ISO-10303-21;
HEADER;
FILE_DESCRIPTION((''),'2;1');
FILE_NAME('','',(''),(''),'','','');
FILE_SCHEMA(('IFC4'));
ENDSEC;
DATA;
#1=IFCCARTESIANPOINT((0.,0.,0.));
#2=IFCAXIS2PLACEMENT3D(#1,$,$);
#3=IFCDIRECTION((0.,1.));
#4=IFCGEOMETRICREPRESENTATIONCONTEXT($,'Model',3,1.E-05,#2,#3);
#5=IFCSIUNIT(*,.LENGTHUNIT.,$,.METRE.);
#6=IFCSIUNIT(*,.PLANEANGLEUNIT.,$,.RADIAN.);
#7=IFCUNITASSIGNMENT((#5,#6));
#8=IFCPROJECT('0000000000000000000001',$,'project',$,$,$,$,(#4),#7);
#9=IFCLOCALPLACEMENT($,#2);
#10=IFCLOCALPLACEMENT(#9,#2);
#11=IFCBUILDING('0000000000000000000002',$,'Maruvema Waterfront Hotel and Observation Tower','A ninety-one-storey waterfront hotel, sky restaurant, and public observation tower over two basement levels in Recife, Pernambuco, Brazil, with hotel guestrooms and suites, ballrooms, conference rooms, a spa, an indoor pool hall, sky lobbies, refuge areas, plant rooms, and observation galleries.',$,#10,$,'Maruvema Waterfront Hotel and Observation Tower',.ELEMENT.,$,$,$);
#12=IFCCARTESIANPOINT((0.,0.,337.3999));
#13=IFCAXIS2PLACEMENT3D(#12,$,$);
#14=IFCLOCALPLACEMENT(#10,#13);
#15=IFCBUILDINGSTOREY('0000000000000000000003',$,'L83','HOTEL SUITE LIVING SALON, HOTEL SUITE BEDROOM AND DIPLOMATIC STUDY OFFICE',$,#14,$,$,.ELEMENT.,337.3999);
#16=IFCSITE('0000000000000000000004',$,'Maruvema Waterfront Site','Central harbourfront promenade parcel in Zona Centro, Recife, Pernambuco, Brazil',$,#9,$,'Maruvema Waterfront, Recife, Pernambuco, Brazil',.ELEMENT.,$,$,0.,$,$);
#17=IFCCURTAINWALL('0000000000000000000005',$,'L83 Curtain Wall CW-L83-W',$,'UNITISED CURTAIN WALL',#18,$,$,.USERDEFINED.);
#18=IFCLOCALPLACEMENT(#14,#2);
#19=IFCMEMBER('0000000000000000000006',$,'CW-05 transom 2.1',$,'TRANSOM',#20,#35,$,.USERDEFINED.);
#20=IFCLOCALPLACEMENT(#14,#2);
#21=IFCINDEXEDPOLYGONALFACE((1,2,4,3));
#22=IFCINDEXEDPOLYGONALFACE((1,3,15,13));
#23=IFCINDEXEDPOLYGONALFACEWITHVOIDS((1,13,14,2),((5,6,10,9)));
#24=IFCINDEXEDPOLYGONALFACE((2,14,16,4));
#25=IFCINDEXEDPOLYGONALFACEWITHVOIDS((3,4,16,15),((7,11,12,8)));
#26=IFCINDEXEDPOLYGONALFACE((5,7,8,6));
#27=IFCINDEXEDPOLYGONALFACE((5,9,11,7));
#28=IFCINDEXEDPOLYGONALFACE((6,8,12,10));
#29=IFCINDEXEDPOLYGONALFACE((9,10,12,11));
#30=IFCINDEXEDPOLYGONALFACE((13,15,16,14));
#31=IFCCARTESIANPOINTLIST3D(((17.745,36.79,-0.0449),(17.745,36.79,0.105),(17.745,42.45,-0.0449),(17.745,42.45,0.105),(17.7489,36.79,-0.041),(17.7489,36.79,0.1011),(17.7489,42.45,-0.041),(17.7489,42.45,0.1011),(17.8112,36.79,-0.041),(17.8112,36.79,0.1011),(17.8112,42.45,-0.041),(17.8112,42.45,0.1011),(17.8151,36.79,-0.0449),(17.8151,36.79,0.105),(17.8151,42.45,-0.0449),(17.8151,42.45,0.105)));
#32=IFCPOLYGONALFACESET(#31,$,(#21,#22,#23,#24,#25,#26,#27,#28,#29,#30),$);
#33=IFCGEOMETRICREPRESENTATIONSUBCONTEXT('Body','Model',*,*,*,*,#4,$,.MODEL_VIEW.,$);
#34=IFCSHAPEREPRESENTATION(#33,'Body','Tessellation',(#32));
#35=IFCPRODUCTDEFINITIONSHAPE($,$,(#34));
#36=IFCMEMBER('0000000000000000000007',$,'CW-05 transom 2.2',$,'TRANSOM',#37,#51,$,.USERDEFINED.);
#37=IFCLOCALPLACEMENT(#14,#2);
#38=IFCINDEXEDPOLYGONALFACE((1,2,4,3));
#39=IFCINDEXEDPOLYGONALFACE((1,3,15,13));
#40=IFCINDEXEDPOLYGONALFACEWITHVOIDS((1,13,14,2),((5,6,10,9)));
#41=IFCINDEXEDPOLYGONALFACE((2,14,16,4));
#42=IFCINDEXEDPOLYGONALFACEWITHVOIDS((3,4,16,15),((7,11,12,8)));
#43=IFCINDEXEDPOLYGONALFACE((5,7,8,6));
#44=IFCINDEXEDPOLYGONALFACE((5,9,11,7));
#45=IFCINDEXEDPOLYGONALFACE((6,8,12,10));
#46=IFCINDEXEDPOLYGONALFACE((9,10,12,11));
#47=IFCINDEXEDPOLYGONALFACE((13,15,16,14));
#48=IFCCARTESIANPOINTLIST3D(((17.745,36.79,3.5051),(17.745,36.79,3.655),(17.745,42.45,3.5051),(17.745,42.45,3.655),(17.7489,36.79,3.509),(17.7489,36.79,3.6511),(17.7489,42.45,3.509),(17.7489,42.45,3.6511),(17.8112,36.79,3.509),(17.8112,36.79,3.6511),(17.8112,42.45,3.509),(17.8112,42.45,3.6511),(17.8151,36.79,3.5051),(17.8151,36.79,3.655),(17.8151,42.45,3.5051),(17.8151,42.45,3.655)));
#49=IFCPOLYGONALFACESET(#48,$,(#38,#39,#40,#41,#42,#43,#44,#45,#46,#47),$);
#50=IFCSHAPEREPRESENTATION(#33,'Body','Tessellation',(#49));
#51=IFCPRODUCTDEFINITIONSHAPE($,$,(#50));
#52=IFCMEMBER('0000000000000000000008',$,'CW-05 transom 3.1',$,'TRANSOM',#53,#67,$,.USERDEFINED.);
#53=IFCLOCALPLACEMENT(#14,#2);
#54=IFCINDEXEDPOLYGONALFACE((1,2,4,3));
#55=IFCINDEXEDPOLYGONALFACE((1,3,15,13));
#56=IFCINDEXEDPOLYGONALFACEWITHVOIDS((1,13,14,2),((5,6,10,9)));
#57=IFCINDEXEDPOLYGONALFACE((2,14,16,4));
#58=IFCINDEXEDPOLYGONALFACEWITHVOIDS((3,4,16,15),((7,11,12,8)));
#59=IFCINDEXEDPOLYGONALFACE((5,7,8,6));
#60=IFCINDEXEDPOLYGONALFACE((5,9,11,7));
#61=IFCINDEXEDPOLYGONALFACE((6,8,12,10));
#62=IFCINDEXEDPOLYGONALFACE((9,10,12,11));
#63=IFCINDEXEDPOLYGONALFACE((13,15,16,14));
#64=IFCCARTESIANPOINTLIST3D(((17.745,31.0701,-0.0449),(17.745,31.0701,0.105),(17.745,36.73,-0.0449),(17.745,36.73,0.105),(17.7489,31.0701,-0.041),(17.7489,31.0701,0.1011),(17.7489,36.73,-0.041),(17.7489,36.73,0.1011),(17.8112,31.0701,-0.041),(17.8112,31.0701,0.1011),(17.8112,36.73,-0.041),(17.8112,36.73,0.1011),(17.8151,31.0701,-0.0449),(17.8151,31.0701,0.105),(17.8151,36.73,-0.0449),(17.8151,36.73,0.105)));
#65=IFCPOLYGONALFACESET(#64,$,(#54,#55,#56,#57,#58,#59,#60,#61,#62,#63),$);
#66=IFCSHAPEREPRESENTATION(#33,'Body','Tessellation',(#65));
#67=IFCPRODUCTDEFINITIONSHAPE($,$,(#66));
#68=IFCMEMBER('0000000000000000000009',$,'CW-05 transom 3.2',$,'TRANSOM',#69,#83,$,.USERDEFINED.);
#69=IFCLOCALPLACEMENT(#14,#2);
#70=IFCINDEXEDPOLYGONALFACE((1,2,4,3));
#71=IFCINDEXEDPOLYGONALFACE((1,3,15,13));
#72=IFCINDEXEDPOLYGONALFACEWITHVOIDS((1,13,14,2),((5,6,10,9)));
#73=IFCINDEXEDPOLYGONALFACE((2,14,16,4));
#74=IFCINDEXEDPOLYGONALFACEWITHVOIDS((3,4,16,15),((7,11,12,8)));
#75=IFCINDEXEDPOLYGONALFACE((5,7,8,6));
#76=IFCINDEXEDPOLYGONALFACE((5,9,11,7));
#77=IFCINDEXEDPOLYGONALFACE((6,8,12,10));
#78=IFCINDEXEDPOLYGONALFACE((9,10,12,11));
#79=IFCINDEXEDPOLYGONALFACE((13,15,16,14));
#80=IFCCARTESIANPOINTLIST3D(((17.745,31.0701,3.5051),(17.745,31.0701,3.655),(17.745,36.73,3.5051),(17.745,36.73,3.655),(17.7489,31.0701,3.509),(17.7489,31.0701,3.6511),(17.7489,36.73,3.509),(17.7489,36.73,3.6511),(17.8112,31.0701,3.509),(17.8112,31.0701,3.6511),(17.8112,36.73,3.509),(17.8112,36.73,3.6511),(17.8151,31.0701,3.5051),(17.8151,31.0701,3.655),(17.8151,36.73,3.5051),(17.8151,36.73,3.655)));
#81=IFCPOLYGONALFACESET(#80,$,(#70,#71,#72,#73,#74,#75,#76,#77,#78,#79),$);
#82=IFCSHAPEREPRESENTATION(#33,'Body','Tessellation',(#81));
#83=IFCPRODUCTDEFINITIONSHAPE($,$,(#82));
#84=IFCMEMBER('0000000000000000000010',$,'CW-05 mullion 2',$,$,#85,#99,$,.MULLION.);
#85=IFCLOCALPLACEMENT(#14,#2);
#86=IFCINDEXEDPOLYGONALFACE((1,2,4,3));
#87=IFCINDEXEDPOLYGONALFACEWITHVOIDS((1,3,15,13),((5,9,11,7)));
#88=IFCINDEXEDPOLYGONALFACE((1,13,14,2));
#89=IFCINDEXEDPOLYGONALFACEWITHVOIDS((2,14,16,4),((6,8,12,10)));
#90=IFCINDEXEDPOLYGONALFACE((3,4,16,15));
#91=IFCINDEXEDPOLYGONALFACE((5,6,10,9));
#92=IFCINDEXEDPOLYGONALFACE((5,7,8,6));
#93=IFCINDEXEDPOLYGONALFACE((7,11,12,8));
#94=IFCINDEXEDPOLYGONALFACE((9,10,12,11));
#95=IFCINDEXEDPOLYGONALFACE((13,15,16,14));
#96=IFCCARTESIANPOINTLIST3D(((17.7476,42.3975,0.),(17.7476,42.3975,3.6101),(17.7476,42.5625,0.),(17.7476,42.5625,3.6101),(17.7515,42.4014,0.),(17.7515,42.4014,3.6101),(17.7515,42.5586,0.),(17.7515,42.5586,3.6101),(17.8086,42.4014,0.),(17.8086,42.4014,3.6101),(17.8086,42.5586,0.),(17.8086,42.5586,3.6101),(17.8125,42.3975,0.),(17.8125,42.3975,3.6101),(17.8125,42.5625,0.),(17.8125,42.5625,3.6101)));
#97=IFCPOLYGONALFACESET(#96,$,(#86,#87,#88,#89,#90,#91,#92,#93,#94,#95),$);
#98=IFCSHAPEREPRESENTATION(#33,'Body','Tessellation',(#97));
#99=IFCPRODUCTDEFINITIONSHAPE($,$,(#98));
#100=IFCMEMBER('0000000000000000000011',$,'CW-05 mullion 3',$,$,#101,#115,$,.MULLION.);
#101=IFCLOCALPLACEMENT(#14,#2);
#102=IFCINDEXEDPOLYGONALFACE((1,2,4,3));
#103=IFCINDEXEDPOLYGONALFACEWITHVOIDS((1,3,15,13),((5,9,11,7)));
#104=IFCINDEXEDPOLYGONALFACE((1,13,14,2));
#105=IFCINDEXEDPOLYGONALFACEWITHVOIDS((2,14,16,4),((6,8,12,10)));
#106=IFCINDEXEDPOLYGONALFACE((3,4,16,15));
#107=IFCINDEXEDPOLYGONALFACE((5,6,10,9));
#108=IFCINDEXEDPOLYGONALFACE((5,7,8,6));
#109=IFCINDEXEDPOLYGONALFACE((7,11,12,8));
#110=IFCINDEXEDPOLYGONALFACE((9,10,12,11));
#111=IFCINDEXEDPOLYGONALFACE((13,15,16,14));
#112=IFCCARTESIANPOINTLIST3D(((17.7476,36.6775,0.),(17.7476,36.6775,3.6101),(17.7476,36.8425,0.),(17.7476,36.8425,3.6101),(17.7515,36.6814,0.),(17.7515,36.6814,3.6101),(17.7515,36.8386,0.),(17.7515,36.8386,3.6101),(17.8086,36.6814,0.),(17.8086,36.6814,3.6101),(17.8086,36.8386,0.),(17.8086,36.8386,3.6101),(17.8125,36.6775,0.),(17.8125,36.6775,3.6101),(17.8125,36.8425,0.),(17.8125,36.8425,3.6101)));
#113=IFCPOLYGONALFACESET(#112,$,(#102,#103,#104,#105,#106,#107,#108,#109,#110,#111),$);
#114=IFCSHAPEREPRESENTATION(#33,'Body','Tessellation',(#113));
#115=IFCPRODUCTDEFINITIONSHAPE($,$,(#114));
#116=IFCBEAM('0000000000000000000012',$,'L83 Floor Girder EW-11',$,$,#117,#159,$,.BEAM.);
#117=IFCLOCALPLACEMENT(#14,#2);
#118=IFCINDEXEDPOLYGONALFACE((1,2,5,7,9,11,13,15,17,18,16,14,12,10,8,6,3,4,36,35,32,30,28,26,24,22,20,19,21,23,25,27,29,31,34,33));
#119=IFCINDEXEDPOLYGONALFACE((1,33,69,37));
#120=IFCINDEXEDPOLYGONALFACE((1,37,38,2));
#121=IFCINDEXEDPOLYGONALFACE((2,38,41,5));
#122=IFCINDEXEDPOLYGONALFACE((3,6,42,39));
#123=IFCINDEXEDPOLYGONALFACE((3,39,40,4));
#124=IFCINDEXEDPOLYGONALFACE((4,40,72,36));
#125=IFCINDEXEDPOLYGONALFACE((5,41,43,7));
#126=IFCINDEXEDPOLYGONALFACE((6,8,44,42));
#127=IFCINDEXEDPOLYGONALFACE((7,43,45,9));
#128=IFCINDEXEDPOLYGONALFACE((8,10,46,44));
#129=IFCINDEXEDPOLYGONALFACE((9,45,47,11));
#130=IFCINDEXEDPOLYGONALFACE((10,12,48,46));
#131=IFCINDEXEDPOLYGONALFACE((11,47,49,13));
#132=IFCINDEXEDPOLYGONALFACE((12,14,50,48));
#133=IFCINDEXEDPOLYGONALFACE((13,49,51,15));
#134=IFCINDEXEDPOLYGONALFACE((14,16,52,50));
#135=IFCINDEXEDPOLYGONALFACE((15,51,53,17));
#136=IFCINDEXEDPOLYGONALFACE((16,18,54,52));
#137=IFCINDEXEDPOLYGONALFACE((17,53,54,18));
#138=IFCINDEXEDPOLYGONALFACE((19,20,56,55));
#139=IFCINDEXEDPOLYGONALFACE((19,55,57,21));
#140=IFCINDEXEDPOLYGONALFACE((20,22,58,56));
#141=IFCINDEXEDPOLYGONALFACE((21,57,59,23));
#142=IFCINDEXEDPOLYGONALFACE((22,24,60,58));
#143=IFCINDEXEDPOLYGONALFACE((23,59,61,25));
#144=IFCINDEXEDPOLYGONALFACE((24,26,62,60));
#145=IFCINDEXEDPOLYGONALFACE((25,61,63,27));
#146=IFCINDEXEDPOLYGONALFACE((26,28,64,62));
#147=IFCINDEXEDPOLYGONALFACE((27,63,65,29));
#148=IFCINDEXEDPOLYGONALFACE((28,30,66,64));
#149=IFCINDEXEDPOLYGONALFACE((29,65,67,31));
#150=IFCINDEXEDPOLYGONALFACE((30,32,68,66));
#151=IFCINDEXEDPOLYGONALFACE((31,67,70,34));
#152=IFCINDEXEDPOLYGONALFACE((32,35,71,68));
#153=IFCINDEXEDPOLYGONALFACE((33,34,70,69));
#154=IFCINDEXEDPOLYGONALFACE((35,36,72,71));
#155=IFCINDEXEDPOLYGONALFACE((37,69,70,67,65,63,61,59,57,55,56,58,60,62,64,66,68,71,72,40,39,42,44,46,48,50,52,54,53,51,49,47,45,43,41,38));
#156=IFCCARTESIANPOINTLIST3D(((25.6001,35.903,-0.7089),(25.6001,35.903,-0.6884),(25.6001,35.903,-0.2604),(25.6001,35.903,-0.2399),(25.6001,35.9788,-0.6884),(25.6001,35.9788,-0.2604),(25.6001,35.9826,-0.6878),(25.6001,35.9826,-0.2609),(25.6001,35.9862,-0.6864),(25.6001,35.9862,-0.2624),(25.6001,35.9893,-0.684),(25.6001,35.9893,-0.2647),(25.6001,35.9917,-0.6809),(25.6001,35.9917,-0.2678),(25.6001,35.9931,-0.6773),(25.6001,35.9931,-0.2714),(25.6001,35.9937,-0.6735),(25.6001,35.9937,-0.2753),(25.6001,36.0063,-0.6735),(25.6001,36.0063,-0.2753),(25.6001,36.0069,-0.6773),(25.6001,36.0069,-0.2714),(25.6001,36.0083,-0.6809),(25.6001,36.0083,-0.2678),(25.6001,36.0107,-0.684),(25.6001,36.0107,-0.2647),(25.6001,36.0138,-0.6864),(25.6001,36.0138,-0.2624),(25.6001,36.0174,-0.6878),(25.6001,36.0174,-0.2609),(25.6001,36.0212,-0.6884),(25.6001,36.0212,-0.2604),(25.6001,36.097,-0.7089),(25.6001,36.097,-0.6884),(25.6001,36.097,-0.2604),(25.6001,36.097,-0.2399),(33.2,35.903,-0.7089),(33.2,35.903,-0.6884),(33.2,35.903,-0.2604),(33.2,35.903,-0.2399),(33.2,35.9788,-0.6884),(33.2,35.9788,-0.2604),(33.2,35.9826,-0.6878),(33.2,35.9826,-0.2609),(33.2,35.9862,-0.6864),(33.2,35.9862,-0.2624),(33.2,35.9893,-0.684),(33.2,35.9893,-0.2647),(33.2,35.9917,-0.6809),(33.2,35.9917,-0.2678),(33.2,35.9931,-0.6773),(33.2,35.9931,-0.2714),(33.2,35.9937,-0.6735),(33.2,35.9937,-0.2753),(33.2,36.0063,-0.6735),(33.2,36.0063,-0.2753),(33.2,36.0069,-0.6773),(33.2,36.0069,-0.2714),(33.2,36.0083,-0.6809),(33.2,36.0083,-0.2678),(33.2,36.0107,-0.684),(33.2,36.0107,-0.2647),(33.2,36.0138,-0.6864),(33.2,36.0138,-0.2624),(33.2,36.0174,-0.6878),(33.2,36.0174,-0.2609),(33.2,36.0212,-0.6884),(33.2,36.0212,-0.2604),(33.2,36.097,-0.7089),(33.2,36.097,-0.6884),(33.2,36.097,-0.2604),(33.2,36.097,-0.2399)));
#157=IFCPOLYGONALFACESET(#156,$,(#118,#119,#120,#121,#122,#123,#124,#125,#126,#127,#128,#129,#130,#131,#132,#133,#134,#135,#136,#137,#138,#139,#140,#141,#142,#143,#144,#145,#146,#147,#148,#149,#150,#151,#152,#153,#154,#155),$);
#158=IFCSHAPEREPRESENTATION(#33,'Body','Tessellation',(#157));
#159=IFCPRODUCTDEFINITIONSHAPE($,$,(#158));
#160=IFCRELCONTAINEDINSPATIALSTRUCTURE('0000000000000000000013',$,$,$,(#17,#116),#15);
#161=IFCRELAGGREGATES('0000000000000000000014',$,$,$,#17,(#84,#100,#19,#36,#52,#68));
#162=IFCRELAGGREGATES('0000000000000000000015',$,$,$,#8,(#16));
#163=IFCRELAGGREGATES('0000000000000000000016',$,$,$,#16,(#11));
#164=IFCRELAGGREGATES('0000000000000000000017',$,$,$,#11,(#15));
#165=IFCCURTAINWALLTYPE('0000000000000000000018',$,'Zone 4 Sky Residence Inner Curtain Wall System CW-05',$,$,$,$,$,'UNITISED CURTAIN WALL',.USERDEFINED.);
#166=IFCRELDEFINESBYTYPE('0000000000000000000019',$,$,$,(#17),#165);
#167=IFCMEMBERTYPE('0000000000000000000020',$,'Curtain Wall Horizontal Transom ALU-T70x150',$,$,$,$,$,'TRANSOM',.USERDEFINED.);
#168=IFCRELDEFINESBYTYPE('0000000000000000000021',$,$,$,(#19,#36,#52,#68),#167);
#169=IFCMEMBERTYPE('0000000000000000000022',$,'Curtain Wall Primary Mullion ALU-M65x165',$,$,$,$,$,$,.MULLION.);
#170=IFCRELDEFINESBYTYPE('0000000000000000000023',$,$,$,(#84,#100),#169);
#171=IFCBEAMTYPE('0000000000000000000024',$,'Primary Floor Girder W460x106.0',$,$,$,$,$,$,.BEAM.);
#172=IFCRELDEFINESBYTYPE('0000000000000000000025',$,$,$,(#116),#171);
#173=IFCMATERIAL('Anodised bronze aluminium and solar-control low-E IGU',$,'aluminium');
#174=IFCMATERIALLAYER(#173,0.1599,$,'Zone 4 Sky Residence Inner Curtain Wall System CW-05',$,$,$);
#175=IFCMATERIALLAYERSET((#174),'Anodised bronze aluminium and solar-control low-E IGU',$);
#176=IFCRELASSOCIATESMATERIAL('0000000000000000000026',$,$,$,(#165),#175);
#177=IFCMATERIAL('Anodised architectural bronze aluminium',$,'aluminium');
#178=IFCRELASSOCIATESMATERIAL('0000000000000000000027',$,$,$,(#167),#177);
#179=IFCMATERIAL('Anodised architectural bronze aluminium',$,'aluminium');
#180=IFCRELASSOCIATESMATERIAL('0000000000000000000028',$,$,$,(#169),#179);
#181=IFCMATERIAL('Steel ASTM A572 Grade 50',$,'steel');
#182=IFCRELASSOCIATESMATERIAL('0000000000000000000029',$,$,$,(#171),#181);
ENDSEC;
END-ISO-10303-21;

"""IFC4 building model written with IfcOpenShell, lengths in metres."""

from ifc_helpers import new_model, si_unit, direction, frame, origin, origin_2d, place, context, subcontext, project, spatial, hollow_rectangle, i_section, extrude, material, layer, layer_set, material_profile, profile_set, type_object, element, aggregate, save


model = new_model("IFC4")

# Units and contexts
model_context = context("Model", 3, precision=1e-05, world=origin(), true_north=direction((0.0, 1.0)))
body_context = subcontext(model_context, "Body", "Model", "MODEL_VIEW")
ifc_project = project(units=[si_unit("LENGTHUNIT", "METRE"), si_unit("PLANEANGLEUNIT", "RADIAN")], contexts=[model_context])

# Site, building, storey
site_placement = place(None, origin())
site = spatial("IfcSite", under=ifc_project, at=site_placement, Name="Maruvema Waterfront Site", Description="Central harbourfront promenade parcel in Zona Centro, Recife, Pernambuco, Brazil", LongName="Maruvema Waterfront, Recife, Pernambuco, Brazil", CompositionType="ELEMENT", RefElevation=0.0)
building_placement = place(site_placement, origin())
building = spatial("IfcBuilding", under=site, at=building_placement, Name="Maruvema Waterfront Hotel and Observation Tower", Description="A ninety-one-storey waterfront hotel, sky restaurant, and public observation tower over two basement levels in Recife, Pernambuco, Brazil, with hotel guestrooms and suites, ballrooms, conference rooms, a spa, an indoor pool hall, sky lobbies, refuge areas, plant rooms, and observation galleries.", LongName="Maruvema Waterfront Hotel and Observation Tower", CompositionType="ELEMENT")
storey_placement = place(building_placement, frame((0.0, 0.0, 337.3999)))
storey = spatial("IfcBuildingStorey", under=building, at=storey_placement, Name="L83", Description="HOTEL SUITE LIVING SALON, HOTEL SUITE BEDROOM AND DIPLOMATIC STUDY OFFICE", CompositionType="ELEMENT", Elevation=337.3999)

# Curtain wall, members
ifc_material_1 = material(Name="Anodised bronze aluminium and solar-control low-E IGU", Category="aluminium")
ifc_layer_1 = layer(ifc_material_1, 0.1599, Name="Zone 4 Sky Residence Inner Curtain Wall System CW-05")
ifc_layer_set_1 = layer_set([ifc_layer_1], Name="Anodised bronze aluminium and solar-control low-E IGU")
curtain_wall_type = type_object("IfcCurtainWallType", Name="Zone 4 Sky Residence Inner Curtain Wall System CW-05", ElementType="UNITISED CURTAIN WALL", PredefinedType="USERDEFINED", material=ifc_layer_set_1)
curtain_wall_placement = place(storey_placement, origin())
curtain_wall = element("IfcCurtainWall", 1, at=curtain_wall_placement, inside=storey, type_object=curtain_wall_type, Name="L83 Curtain Wall CW-L83-W", ObjectType="UNITISED CURTAIN WALL", PredefinedType="USERDEFINED")
ifc_material_2 = material(Name="Anodised architectural bronze aluminium", Category="aluminium")
ifc_material_profile_1 = material_profile(ifc_material_2, hollow_rectangle(XDim=0.0701, YDim=0.1499, WallThickness=0.0039, at=origin_2d()), Name="ALU-T70x150")
ifc_profile_set_1 = profile_set([ifc_material_profile_1], Name="Anodised architectural bronze aluminium")
member_type_1 = type_object("IfcMemberType", Name="Curtain Wall Horizontal Transom ALU-T70x150", ElementType="TRANSOM", PredefinedType="USERDEFINED", material=ifc_profile_set_1)
member_1_placement = place(storey_placement, frame((17.78, 42.45, 0.03), z_axis=(0.0, -1.0, 0.0), x_axis=(1.0, 0.0, 0.0)))
member_1 = element("IfcMember", 2, at=member_1_placement, type_object=member_type_1, Name="CW-05 transom 2.1", ObjectType="TRANSOM", PredefinedType="USERDEFINED", context=body_context, shape_type="SweptSolid", body=[
    extrude(hollow_rectangle(XDim=0.0701, YDim=0.1499, WallThickness=0.0039, at=origin_2d()), origin(), (0.0, 0.0, 1.0), 5.6599),
])
member_2_placement = place(storey_placement, frame((17.78, 42.45, 3.5801), z_axis=(0.0, -1.0, 0.0), x_axis=(1.0, 0.0, 0.0)))
member_2 = element("IfcMember", 3, at=member_2_placement, type_object=member_type_1, Name="CW-05 transom 2.2", ObjectType="TRANSOM", PredefinedType="USERDEFINED", context=body_context, shape_type="SweptSolid", body=[
    extrude(hollow_rectangle(XDim=0.0701, YDim=0.1499, WallThickness=0.0039, at=origin_2d()), origin(), (0.0, 0.0, 1.0), 5.6599),
])
member_3_placement = place(storey_placement, frame((17.78, 36.73, 0.03), z_axis=(0.0, -1.0, 0.0), x_axis=(1.0, 0.0, 0.0)))
member_3 = element("IfcMember", 4, at=member_3_placement, type_object=member_type_1, Name="CW-05 transom 3.1", ObjectType="TRANSOM", PredefinedType="USERDEFINED", context=body_context, shape_type="SweptSolid", body=[
    extrude(hollow_rectangle(XDim=0.0701, YDim=0.1499, WallThickness=0.0039, at=origin_2d()), origin(), (0.0, 0.0, 1.0), 5.6599),
])
member_4_placement = place(storey_placement, frame((17.78, 36.73, 3.5801), z_axis=(0.0, -1.0, 0.0), x_axis=(1.0, 0.0, 0.0)))
member_4 = element("IfcMember", 5, at=member_4_placement, type_object=member_type_1, Name="CW-05 transom 3.2", ObjectType="TRANSOM", PredefinedType="USERDEFINED", context=body_context, shape_type="SweptSolid", body=[
    extrude(hollow_rectangle(XDim=0.0701, YDim=0.1499, WallThickness=0.0039, at=origin_2d()), origin(), (0.0, 0.0, 1.0), 5.6599),
])
ifc_material_3 = material(Name="Anodised architectural bronze aluminium", Category="aluminium")
ifc_material_profile_2 = material_profile(ifc_material_3, hollow_rectangle(XDim=0.0649, YDim=0.165, WallThickness=0.0039, at=origin_2d()), Name="ALU-M65x165")
ifc_profile_set_2 = profile_set([ifc_material_profile_2], Name="Anodised architectural bronze aluminium")
member_type_2 = type_object("IfcMemberType", Name="Curtain Wall Primary Mullion ALU-M65x165", PredefinedType="MULLION", material=ifc_profile_set_2)
member_5_placement = place(storey_placement, frame((17.78, 42.48, 0.0), z_axis=(0.0, 0.0, 1.0), x_axis=(1.0, 0.0, 0.0)))
member_5 = element("IfcMember", 6, at=member_5_placement, type_object=member_type_2, Name="CW-05 mullion 2", PredefinedType="MULLION", context=body_context, shape_type="SweptSolid", body=[
    extrude(hollow_rectangle(XDim=0.0649, YDim=0.165, WallThickness=0.0039, at=origin_2d()), origin(), (0.0, 0.0, 1.0), 3.6101),
])
member_6_placement = place(storey_placement, frame((17.78, 36.76, 0.0), z_axis=(0.0, 0.0, 1.0), x_axis=(1.0, 0.0, 0.0)))
member_6 = element("IfcMember", 7, at=member_6_placement, type_object=member_type_2, Name="CW-05 mullion 3", PredefinedType="MULLION", context=body_context, shape_type="SweptSolid", body=[
    extrude(hollow_rectangle(XDim=0.0649, YDim=0.165, WallThickness=0.0039, at=origin_2d()), origin(), (0.0, 0.0, 1.0), 3.6101),
])

# Beam
ifc_material_4 = material(Name="Steel ASTM A572 Grade 50", Category="steel")
ifc_material_profile_3 = material_profile(ifc_material_4, i_section(OverallWidth=0.1941, OverallDepth=0.469, WebThickness=0.0127, FlangeThickness=0.0205, FilletRadius=0.0149, at=origin_2d()), Name="W460x106.0")
ifc_profile_set_3 = profile_set([ifc_material_profile_3], Name="Steel ASTM A572 Grade 50")
beam_type_1 = type_object("IfcBeamType", Name="Primary Floor Girder W460x106.0", PredefinedType="BEAM", material=ifc_profile_set_3)
beam_1_placement = place(storey_placement, frame((25.6001, 36.0, -0.4744), z_axis=(1.0, 0.0, 0.0), x_axis=(0.0, 1.0, 0.0)))
element("IfcBeam", 8, at=beam_1_placement, inside=storey, type_object=beam_type_1, Name="L83 Floor Girder EW-11", PredefinedType="BEAM", context=body_context, shape_type="SweptSolid", body=[
    extrude(i_section(OverallWidth=0.1941, OverallDepth=0.469, WebThickness=0.0127, FlangeThickness=0.0205, FilletRadius=0.0149, at=origin_2d()), origin(), (0.0, 0.0, 1.0), 7.5999),
])

aggregate(curtain_wall, [member_5, member_6, member_1, member_2, member_3, member_4])

save(model, "model.ifc")
